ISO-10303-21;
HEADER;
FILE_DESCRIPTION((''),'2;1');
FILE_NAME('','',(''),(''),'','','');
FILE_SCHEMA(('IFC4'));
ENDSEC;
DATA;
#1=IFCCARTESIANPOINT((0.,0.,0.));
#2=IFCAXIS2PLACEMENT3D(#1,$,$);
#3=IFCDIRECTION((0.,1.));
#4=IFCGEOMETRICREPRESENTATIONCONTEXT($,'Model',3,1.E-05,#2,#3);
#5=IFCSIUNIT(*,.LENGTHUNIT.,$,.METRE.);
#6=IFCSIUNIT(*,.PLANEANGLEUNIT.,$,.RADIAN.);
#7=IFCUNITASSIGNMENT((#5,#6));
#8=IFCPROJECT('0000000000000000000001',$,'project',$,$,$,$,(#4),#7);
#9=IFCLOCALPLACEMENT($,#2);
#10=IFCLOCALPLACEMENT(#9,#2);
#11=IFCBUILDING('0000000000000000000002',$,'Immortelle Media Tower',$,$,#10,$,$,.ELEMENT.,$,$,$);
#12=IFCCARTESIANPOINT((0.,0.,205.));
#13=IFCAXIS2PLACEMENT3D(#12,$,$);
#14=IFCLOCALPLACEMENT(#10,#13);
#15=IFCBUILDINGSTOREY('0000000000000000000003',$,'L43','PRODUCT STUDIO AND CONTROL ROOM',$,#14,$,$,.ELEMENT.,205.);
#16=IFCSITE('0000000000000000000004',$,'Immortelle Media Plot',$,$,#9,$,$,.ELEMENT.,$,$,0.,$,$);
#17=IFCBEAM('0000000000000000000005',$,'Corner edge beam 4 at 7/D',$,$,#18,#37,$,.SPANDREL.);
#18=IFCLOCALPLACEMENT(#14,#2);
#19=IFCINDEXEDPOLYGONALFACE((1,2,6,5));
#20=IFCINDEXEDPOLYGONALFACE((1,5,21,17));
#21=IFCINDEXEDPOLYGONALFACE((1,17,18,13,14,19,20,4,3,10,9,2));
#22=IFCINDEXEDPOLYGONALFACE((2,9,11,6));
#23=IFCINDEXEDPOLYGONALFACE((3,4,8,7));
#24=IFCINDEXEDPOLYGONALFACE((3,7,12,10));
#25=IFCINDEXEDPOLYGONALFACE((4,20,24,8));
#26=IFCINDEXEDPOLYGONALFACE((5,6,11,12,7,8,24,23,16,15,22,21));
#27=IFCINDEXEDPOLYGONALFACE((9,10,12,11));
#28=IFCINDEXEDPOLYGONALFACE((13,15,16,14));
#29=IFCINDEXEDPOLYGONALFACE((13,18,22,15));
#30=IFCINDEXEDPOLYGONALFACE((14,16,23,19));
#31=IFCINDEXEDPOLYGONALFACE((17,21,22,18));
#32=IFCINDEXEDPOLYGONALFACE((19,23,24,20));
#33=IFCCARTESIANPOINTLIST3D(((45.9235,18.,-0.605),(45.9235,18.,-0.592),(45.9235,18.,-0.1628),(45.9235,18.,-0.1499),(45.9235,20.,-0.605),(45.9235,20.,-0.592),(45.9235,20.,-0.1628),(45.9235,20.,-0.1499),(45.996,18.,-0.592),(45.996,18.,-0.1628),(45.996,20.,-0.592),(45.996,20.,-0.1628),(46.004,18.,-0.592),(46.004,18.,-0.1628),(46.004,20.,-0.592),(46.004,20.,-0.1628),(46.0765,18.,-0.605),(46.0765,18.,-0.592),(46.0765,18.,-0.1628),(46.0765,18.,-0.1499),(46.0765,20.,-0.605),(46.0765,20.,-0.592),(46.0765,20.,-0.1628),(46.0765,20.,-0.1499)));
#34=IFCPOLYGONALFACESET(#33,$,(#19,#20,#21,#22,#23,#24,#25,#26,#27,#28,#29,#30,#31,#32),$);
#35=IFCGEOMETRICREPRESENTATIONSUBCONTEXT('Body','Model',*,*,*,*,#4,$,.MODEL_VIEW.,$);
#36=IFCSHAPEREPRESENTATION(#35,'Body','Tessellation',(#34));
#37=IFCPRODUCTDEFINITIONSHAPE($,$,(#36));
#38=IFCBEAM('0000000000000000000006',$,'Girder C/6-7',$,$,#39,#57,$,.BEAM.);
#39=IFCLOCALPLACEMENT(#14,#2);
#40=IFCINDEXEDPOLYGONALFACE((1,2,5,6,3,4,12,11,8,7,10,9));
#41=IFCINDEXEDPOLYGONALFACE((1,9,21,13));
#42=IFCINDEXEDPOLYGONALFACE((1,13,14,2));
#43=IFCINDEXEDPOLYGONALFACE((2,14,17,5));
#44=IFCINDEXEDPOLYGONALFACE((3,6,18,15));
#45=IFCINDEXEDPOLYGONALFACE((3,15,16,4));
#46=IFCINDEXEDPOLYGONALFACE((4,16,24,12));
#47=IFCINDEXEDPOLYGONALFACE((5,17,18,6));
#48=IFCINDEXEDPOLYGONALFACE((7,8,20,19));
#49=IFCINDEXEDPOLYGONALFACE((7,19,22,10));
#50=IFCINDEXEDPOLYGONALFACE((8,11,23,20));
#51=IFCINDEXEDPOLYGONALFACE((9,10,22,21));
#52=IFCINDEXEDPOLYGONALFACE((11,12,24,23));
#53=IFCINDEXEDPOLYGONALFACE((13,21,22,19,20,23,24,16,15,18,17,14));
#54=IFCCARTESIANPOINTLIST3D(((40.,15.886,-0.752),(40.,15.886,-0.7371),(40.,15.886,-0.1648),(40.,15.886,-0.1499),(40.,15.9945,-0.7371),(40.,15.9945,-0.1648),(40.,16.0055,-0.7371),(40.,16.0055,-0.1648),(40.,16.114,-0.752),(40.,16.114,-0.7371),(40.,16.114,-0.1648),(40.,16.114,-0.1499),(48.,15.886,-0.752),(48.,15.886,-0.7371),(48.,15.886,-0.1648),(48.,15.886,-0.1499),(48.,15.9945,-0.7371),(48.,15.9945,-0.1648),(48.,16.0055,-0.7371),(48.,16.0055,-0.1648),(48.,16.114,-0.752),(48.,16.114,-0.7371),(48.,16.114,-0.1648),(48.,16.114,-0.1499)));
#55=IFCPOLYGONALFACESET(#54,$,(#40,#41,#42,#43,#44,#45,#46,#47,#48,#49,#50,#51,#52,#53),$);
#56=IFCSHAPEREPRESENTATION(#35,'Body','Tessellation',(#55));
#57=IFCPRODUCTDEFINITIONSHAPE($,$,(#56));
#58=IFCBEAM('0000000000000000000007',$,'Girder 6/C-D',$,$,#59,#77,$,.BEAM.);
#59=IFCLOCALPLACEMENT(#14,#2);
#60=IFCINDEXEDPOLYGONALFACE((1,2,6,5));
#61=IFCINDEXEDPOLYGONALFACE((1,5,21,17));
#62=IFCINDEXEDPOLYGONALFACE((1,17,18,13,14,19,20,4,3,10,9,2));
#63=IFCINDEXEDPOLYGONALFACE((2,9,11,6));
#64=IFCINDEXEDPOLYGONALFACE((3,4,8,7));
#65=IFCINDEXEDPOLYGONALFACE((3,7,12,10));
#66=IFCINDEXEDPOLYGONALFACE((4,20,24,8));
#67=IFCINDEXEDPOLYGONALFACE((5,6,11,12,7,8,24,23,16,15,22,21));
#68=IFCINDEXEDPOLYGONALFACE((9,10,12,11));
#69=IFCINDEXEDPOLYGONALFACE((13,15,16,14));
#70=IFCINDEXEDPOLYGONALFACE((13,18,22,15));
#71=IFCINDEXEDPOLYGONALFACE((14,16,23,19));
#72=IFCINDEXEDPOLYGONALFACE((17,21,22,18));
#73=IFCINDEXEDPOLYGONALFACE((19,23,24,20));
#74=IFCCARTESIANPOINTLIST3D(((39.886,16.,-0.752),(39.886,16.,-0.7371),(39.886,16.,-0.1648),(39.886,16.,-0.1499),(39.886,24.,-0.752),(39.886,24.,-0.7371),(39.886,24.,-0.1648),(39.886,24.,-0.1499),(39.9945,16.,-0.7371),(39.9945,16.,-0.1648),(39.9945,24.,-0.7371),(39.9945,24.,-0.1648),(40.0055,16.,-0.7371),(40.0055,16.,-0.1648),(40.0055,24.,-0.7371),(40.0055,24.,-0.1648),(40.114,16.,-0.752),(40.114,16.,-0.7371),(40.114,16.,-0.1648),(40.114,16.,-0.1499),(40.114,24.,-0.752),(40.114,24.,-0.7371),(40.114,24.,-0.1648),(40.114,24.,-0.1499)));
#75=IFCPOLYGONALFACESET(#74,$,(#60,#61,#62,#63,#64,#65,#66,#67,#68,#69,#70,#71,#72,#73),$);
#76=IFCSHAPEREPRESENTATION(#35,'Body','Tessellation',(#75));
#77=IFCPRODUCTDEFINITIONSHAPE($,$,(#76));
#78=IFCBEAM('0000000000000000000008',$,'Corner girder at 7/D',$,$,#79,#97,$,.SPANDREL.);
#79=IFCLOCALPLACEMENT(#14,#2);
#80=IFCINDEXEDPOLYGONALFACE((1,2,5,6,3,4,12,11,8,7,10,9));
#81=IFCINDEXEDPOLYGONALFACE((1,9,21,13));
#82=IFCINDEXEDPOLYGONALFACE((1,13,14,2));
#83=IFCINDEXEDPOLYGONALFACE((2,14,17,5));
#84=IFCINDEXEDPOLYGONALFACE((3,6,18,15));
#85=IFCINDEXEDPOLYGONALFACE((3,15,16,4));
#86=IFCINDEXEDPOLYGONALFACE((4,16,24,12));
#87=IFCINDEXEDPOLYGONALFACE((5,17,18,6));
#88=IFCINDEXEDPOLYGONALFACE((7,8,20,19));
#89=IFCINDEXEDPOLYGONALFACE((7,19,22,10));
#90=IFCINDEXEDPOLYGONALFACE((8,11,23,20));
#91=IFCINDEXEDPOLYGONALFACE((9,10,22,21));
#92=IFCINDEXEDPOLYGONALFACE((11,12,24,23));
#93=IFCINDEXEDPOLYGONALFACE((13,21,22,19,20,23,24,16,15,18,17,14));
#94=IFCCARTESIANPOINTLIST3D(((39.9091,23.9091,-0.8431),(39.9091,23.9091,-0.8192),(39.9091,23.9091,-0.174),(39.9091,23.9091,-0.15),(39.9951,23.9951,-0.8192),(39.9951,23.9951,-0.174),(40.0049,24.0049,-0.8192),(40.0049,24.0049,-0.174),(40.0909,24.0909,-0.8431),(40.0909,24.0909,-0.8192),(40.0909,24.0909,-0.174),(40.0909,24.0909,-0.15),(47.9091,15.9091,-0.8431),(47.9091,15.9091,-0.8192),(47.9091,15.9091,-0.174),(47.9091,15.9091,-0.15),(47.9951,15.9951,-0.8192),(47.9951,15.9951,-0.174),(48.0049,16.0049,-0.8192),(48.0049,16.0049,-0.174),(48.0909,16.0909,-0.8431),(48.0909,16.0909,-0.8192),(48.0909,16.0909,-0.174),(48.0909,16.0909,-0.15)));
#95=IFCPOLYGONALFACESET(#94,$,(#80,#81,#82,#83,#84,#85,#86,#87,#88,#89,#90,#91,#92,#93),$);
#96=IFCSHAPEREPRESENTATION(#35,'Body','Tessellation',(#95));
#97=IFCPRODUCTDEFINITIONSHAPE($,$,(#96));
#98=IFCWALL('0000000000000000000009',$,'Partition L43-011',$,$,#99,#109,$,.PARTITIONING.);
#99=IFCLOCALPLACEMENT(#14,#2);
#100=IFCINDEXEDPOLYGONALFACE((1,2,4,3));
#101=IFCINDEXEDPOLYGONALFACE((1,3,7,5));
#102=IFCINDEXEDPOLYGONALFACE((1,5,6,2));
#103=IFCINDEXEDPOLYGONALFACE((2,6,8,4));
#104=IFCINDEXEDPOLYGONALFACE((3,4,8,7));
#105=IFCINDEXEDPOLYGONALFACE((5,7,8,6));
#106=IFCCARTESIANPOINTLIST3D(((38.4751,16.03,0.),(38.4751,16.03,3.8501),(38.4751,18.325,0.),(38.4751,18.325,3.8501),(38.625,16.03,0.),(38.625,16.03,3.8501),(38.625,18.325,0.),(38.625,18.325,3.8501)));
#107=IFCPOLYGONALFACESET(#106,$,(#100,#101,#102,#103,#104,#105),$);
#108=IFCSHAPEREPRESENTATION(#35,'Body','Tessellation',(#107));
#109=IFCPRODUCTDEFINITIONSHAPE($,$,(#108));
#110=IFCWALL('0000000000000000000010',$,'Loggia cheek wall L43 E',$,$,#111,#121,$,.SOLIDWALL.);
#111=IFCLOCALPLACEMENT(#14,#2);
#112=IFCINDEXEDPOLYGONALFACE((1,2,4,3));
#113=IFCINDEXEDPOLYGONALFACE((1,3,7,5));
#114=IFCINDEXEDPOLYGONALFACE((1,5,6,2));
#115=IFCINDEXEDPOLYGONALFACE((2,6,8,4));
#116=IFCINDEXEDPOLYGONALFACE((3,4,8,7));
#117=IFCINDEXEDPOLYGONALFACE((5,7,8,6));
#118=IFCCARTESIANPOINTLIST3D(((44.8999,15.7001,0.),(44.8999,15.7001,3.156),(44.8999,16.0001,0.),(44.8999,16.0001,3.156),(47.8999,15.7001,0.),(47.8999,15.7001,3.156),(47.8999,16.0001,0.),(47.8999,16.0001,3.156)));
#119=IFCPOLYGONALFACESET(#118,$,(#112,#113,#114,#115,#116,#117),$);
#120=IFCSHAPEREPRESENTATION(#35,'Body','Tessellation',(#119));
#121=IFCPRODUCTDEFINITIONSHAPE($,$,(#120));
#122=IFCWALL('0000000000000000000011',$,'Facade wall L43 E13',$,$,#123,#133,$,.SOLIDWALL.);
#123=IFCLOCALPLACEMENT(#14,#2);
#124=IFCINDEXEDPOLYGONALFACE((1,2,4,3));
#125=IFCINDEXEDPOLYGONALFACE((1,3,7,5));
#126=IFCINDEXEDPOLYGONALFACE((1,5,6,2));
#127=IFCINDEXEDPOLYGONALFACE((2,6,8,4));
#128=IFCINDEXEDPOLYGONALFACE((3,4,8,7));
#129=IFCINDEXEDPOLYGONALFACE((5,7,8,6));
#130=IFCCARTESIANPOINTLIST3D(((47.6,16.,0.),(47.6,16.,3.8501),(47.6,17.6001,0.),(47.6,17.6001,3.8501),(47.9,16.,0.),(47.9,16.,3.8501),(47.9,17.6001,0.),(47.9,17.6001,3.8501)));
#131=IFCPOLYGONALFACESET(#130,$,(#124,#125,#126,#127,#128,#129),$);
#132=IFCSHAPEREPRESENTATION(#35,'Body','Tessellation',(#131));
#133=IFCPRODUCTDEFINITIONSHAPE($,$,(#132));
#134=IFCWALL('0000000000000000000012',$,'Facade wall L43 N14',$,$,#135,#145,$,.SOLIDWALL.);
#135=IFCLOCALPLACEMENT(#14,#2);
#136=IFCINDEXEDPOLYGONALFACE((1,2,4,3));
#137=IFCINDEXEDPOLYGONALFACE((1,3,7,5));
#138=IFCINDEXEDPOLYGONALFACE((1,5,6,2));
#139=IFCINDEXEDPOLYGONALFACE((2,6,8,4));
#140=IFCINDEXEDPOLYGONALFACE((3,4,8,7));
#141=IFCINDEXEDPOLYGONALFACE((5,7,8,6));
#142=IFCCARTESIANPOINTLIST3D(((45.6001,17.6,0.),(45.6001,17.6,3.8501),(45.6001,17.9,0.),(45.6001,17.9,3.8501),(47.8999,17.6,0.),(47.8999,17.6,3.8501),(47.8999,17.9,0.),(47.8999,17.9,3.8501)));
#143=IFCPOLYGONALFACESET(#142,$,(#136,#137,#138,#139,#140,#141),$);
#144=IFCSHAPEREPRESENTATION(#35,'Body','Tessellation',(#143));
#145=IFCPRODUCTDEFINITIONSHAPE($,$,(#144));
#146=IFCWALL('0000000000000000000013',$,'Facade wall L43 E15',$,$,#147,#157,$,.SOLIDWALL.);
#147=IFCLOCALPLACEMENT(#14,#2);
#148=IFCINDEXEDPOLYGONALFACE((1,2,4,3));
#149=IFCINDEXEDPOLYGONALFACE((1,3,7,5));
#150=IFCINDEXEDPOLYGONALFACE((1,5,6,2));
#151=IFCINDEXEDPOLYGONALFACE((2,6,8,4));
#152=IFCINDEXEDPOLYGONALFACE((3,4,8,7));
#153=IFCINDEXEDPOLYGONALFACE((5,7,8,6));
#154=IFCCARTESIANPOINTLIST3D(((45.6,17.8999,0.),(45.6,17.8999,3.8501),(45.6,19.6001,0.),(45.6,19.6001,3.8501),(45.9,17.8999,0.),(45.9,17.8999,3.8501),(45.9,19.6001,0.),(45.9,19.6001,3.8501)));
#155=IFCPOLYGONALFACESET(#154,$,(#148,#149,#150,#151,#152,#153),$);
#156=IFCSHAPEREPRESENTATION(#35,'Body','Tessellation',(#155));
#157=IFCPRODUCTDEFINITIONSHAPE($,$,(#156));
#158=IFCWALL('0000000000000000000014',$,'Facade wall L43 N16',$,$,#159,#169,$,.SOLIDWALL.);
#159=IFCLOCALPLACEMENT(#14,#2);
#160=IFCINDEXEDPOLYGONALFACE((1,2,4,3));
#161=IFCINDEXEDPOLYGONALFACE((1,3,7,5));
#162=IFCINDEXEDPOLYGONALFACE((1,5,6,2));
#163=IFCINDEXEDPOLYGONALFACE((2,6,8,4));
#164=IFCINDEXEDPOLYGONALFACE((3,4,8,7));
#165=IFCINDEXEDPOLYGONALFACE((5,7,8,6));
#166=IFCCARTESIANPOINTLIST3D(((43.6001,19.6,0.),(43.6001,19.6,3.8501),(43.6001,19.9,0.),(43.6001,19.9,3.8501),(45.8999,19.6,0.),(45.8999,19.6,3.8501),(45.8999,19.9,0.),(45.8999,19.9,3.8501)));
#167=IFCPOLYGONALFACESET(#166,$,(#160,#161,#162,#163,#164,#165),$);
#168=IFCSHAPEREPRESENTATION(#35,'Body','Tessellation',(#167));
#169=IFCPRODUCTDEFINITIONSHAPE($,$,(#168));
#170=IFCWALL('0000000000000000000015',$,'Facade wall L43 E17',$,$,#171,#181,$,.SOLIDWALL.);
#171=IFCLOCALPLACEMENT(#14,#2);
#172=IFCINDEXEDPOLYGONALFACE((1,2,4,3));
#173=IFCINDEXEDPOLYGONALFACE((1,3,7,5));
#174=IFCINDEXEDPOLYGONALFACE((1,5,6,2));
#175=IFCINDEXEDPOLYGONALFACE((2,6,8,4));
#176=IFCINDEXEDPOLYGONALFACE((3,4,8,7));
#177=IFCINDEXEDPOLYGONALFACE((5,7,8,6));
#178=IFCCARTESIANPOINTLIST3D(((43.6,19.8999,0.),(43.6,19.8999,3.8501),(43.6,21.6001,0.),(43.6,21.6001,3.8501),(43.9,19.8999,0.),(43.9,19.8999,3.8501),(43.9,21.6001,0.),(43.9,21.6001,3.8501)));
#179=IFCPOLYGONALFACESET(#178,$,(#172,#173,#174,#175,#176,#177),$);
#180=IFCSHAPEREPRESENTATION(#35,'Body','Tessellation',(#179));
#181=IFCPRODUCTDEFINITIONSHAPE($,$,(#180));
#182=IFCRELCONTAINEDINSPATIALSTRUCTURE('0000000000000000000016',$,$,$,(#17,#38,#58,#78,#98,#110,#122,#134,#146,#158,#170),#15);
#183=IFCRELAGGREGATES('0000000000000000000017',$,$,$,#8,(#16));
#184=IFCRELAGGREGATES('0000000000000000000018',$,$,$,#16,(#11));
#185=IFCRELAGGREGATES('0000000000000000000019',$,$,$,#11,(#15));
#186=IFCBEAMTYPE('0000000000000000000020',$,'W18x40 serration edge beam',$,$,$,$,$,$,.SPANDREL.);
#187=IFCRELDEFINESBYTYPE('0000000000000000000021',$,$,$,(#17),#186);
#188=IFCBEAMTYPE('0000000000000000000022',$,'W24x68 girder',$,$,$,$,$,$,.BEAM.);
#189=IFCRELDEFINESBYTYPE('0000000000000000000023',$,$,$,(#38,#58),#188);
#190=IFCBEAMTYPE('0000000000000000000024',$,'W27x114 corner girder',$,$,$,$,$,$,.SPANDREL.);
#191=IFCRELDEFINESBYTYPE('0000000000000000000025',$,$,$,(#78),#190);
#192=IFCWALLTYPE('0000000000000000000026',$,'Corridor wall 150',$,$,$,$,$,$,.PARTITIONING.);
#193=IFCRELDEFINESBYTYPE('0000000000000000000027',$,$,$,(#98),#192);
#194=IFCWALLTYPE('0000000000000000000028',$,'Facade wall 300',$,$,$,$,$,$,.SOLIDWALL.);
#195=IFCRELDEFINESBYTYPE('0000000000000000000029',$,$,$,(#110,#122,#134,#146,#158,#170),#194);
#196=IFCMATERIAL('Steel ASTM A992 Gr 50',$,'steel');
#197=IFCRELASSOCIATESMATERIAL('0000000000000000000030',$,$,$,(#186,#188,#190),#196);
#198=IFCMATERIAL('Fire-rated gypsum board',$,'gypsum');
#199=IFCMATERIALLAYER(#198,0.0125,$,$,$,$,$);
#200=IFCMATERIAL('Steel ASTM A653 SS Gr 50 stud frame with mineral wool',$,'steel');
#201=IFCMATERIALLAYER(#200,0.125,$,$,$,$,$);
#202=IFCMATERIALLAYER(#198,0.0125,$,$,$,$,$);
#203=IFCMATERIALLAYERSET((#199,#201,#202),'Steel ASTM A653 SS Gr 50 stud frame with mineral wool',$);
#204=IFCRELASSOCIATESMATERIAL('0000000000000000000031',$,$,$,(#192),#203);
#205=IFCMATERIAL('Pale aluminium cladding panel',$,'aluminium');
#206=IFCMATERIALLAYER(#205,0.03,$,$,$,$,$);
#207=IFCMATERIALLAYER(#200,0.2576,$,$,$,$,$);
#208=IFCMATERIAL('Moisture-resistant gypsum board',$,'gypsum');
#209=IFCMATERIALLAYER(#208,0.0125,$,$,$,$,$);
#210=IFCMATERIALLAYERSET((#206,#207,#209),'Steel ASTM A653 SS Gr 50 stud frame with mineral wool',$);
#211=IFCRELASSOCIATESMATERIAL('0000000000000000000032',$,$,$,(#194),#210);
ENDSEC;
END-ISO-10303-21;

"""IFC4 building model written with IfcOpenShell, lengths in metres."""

from ifc_helpers import new_model, si_unit, direction, frame, frame_2d, origin, origin_2d, place, context, subcontext, project, spatial, rectangle, i_section, extrude, material, layer, layer_set, material_profile, profile_set, type_object, element, save


model = new_model("IFC4")

# Units and contexts
model_context = context("Model", 3, precision=1e-05, world=origin(), true_north=direction((0.0, 1.0)))
body_context = subcontext(model_context, "Body", "Model", "MODEL_VIEW")
ifc_project = project(units=[si_unit("LENGTHUNIT", "METRE"), si_unit("PLANEANGLEUNIT", "RADIAN")], contexts=[model_context])

# Site, building, storey
site_placement = place(None, origin())
site = spatial("IfcSite", under=ifc_project, at=site_placement, Name="Immortelle Media Plot", CompositionType="ELEMENT", RefElevation=0.0)
building_placement = place(site_placement, origin())
building = spatial("IfcBuilding", under=site, at=building_placement, Name="Immortelle Media Tower", CompositionType="ELEMENT")
storey_placement = place(building_placement, frame((0.0, 0.0, 205.0)))
storey = spatial("IfcBuildingStorey", under=building, at=storey_placement, Name="L43", Description="PRODUCT STUDIO AND CONTROL ROOM", CompositionType="ELEMENT", Elevation=205.0)

# Shared definitions
ifc_material_1 = material(Name="Steel ASTM A992 Gr 50", Category="steel")

# Beams
ifc_material_profile_1 = material_profile(ifc_material_1, i_section(OverallWidth=0.1531, OverallDepth=0.4551, WebThickness=0.0081, FlangeThickness=0.0129, at=origin_2d()), Name="W18x40")
ifc_profile_set_1 = profile_set([ifc_material_profile_1], Name="Steel ASTM A992 Gr 50")
beam_type_1 = type_object("IfcBeamType", Name="W18x40 serration edge beam", PredefinedType="SPANDREL", material=ifc_profile_set_1)
for number, where, z_axis, x_axis, name in (
    (1, (46.0, 20.0, -0.3774), (0.0, -1.0, 0.0), (1.0, 0.0, 0.0), "Corner edge beam 4 at 7/D"),
):
    element("IfcBeam", number, at=place(storey_placement, frame(where, z_axis=z_axis, x_axis=x_axis)), inside=storey, type_object=beam_type_1, Name=name, PredefinedType="SPANDREL", context=body_context, shape_type="SweptSolid", body=[
        extrude(i_section(OverallWidth=0.1531, OverallDepth=0.4551, WebThickness=0.0081, FlangeThickness=0.0129, at=origin_2d()), origin(), (0.0, 0.0, 1.0), 2.0),
    ])
ifc_material_profile_2 = material_profile(ifc_material_1, i_section(OverallWidth=0.228, OverallDepth=0.6021, WebThickness=0.011, FlangeThickness=0.0149, at=origin_2d()), Name="W24x68")
ifc_profile_set_2 = profile_set([ifc_material_profile_2], Name="Steel ASTM A992 Gr 50")
beam_type_2 = type_object("IfcBeamType", Name="W24x68 girder", PredefinedType="BEAM", material=ifc_profile_set_2)
for number, where, z_axis, x_axis, name in (
    (2, (40.0, 16.0, -0.4509), (1.0, 0.0, 0.0), (0.0, 1.0, 0.0), "Girder C/6-7"),
    (3, (40.0, 16.0, -0.4509), (0.0, 1.0, 0.0), (-1.0, 0.0, 0.0), "Girder 6/C-D"),
):
    element("IfcBeam", number, at=place(storey_placement, frame(where, z_axis=z_axis, x_axis=x_axis)), inside=storey, type_object=beam_type_2, Name=name, PredefinedType="BEAM", context=body_context, shape_type="SweptSolid", body=[
        extrude(i_section(OverallWidth=0.228, OverallDepth=0.6021, WebThickness=0.011, FlangeThickness=0.0149, at=origin_2d()), origin(), (0.0, 0.0, 1.0), 8.0),
    ])
ifc_material_profile_3 = material_profile(ifc_material_1, i_section(OverallWidth=0.2571, OverallDepth=0.6931, WebThickness=0.0139, FlangeThickness=0.0239, at=origin_2d()), Name="W27x114")
ifc_profile_set_3 = profile_set([ifc_material_profile_3], Name="Steel ASTM A992 Gr 50")
beam_type_3 = type_object("IfcBeamType", Name="W27x114 corner girder", PredefinedType="SPANDREL", material=ifc_profile_set_3)
beam_1_placement = place(storey_placement, frame((40.0, 24.0, -0.4966), z_axis=(0.707107, -0.707107, 0.0), x_axis=(0.707107, 0.707107, 0.0)))
element("IfcBeam", 4, at=beam_1_placement, inside=storey, type_object=beam_type_3, Name="Corner girder at 7/D", PredefinedType="SPANDREL", context=body_context, shape_type="SweptSolid", body=[
    extrude(i_section(OverallWidth=0.2571, OverallDepth=0.6931, WebThickness=0.0139, FlangeThickness=0.0239, at=origin_2d()), origin(), (0.0, 0.0, 1.0), 11.3137),
])

# Walls
ifc_material_2 = material(Name="Fire-rated gypsum board", Category="gypsum")
ifc_layer_1 = layer(ifc_material_2, 0.0125)
ifc_material_3 = material(Name="Steel ASTM A653 SS Gr 50 stud frame with mineral wool", Category="steel")
ifc_layer_2 = layer(ifc_material_3, 0.125)
ifc_layer_3 = layer(ifc_material_2, 0.0125)
ifc_layer_set_1 = layer_set([ifc_layer_1, ifc_layer_2, ifc_layer_3], Name="Steel ASTM A653 SS Gr 50 stud frame with mineral wool")
wall_type_1 = type_object("IfcWallType", Name="Corridor wall 150", PredefinedType="PARTITIONING", material=ifc_layer_set_1)
wall_1_placement = place(storey_placement, frame((38.55, 16.03, 0.0), z_axis=(0.0, 0.0, 1.0), x_axis=(0.0, 1.0, 0.0)))
element("IfcWall", 5, at=wall_1_placement, inside=storey, type_object=wall_type_1, Name="Partition L43-011", PredefinedType="PARTITIONING", context=body_context, shape_type="SweptSolid", body=[
    extrude(rectangle(XDim=2.2949, YDim=0.1499, at=frame_2d((1.1475, 0.0))), origin(), (0.0, 0.0, 1.0), 3.8501),
])
ifc_material_4 = material(Name="Pale aluminium cladding panel", Category="aluminium")
ifc_layer_4 = layer(ifc_material_4, 0.03)
ifc_layer_5 = layer(ifc_material_3, 0.2576)
ifc_material_5 = material(Name="Moisture-resistant gypsum board", Category="gypsum")
ifc_layer_6 = layer(ifc_material_5, 0.0125)
ifc_layer_set_2 = layer_set([ifc_layer_4, ifc_layer_5, ifc_layer_6], Name="Steel ASTM A653 SS Gr 50 stud frame with mineral wool")
wall_type_2 = type_object("IfcWallType", Name="Facade wall 300", PredefinedType="SOLIDWALL", material=ifc_layer_set_2)
wall_2_placement = place(storey_placement, frame((47.8999, 15.8501, 0.0), z_axis=(0.0, 0.0, 1.0), x_axis=(-1.0, 0.0, 0.0)))
element("IfcWall", 6, at=wall_2_placement, inside=storey, type_object=wall_type_2, Name="Loggia cheek wall L43 E", PredefinedType="SOLIDWALL", context=body_context, shape_type="SweptSolid", body=[
    extrude(rectangle(XDim=3.0, YDim=0.3, at=frame_2d((1.5, 0.0))), origin(), (0.0, 0.0, 1.0), 3.156),
])
wall_3_placement = place(storey_placement, frame((47.75, 16.0, 0.0), z_axis=(0.0, 0.0, 1.0), x_axis=(0.0, 1.0, 0.0)))
element("IfcWall", 7, at=wall_3_placement, inside=storey, type_object=wall_type_2, Name="Facade wall L43 E13", PredefinedType="SOLIDWALL", context=body_context, shape_type="SweptSolid", body=[
    extrude(rectangle(XDim=1.6001, YDim=0.3, at=frame_2d((0.8, 0.0))), origin(), (0.0, 0.0, 1.0), 3.8501),
])
wall_4_placement = place(storey_placement, frame((47.8999, 17.75, 0.0), z_axis=(0.0, 0.0, 1.0), x_axis=(-1.0, 0.0, 0.0)))
element("IfcWall", 8, at=wall_4_placement, inside=storey, type_object=wall_type_2, Name="Facade wall L43 N14", PredefinedType="SOLIDWALL", context=body_context, shape_type="SweptSolid", body=[
    extrude(rectangle(XDim=2.2998, YDim=0.3, at=frame_2d((1.1499, 0.0))), origin(), (0.0, 0.0, 1.0), 3.8501),
])
wall_5_placement = place(storey_placement, frame((45.75, 17.8999, 0.0), z_axis=(0.0, 0.0, 1.0), x_axis=(0.0, 1.0, 0.0)))
element("IfcWall", 9, at=wall_5_placement, inside=storey, type_object=wall_type_2, Name="Facade wall L43 E15", PredefinedType="SOLIDWALL", context=body_context, shape_type="SweptSolid", body=[
    extrude(rectangle(XDim=1.7002, YDim=0.3, at=frame_2d((0.8501, 0.0))), origin(), (0.0, 0.0, 1.0), 3.8501),
])
wall_6_placement = place(storey_placement, frame((45.8999, 19.75, 0.0), z_axis=(0.0, 0.0, 1.0), x_axis=(-1.0, 0.0, 0.0)))
element("IfcWall", 10, at=wall_6_placement, inside=storey, type_object=wall_type_2, Name="Facade wall L43 N16", PredefinedType="SOLIDWALL", context=body_context, shape_type="SweptSolid", body=[
    extrude(rectangle(XDim=2.2998, YDim=0.3, at=frame_2d((1.1499, 0.0))), origin(), (0.0, 0.0, 1.0), 3.8501),
])
wall_7_placement = place(storey_placement, frame((43.75, 19.8999, 0.0), z_axis=(0.0, 0.0, 1.0), x_axis=(0.0, 1.0, 0.0)))
element("IfcWall", 11, at=wall_7_placement, inside=storey, type_object=wall_type_2, Name="Facade wall L43 E17", PredefinedType="SOLIDWALL", context=body_context, shape_type="SweptSolid", body=[
    extrude(rectangle(XDim=1.7002, YDim=0.3, at=frame_2d((0.8501, 0.0))), origin(), (0.0, 0.0, 1.0), 3.8501),
])

save(model, "model.ifc")
